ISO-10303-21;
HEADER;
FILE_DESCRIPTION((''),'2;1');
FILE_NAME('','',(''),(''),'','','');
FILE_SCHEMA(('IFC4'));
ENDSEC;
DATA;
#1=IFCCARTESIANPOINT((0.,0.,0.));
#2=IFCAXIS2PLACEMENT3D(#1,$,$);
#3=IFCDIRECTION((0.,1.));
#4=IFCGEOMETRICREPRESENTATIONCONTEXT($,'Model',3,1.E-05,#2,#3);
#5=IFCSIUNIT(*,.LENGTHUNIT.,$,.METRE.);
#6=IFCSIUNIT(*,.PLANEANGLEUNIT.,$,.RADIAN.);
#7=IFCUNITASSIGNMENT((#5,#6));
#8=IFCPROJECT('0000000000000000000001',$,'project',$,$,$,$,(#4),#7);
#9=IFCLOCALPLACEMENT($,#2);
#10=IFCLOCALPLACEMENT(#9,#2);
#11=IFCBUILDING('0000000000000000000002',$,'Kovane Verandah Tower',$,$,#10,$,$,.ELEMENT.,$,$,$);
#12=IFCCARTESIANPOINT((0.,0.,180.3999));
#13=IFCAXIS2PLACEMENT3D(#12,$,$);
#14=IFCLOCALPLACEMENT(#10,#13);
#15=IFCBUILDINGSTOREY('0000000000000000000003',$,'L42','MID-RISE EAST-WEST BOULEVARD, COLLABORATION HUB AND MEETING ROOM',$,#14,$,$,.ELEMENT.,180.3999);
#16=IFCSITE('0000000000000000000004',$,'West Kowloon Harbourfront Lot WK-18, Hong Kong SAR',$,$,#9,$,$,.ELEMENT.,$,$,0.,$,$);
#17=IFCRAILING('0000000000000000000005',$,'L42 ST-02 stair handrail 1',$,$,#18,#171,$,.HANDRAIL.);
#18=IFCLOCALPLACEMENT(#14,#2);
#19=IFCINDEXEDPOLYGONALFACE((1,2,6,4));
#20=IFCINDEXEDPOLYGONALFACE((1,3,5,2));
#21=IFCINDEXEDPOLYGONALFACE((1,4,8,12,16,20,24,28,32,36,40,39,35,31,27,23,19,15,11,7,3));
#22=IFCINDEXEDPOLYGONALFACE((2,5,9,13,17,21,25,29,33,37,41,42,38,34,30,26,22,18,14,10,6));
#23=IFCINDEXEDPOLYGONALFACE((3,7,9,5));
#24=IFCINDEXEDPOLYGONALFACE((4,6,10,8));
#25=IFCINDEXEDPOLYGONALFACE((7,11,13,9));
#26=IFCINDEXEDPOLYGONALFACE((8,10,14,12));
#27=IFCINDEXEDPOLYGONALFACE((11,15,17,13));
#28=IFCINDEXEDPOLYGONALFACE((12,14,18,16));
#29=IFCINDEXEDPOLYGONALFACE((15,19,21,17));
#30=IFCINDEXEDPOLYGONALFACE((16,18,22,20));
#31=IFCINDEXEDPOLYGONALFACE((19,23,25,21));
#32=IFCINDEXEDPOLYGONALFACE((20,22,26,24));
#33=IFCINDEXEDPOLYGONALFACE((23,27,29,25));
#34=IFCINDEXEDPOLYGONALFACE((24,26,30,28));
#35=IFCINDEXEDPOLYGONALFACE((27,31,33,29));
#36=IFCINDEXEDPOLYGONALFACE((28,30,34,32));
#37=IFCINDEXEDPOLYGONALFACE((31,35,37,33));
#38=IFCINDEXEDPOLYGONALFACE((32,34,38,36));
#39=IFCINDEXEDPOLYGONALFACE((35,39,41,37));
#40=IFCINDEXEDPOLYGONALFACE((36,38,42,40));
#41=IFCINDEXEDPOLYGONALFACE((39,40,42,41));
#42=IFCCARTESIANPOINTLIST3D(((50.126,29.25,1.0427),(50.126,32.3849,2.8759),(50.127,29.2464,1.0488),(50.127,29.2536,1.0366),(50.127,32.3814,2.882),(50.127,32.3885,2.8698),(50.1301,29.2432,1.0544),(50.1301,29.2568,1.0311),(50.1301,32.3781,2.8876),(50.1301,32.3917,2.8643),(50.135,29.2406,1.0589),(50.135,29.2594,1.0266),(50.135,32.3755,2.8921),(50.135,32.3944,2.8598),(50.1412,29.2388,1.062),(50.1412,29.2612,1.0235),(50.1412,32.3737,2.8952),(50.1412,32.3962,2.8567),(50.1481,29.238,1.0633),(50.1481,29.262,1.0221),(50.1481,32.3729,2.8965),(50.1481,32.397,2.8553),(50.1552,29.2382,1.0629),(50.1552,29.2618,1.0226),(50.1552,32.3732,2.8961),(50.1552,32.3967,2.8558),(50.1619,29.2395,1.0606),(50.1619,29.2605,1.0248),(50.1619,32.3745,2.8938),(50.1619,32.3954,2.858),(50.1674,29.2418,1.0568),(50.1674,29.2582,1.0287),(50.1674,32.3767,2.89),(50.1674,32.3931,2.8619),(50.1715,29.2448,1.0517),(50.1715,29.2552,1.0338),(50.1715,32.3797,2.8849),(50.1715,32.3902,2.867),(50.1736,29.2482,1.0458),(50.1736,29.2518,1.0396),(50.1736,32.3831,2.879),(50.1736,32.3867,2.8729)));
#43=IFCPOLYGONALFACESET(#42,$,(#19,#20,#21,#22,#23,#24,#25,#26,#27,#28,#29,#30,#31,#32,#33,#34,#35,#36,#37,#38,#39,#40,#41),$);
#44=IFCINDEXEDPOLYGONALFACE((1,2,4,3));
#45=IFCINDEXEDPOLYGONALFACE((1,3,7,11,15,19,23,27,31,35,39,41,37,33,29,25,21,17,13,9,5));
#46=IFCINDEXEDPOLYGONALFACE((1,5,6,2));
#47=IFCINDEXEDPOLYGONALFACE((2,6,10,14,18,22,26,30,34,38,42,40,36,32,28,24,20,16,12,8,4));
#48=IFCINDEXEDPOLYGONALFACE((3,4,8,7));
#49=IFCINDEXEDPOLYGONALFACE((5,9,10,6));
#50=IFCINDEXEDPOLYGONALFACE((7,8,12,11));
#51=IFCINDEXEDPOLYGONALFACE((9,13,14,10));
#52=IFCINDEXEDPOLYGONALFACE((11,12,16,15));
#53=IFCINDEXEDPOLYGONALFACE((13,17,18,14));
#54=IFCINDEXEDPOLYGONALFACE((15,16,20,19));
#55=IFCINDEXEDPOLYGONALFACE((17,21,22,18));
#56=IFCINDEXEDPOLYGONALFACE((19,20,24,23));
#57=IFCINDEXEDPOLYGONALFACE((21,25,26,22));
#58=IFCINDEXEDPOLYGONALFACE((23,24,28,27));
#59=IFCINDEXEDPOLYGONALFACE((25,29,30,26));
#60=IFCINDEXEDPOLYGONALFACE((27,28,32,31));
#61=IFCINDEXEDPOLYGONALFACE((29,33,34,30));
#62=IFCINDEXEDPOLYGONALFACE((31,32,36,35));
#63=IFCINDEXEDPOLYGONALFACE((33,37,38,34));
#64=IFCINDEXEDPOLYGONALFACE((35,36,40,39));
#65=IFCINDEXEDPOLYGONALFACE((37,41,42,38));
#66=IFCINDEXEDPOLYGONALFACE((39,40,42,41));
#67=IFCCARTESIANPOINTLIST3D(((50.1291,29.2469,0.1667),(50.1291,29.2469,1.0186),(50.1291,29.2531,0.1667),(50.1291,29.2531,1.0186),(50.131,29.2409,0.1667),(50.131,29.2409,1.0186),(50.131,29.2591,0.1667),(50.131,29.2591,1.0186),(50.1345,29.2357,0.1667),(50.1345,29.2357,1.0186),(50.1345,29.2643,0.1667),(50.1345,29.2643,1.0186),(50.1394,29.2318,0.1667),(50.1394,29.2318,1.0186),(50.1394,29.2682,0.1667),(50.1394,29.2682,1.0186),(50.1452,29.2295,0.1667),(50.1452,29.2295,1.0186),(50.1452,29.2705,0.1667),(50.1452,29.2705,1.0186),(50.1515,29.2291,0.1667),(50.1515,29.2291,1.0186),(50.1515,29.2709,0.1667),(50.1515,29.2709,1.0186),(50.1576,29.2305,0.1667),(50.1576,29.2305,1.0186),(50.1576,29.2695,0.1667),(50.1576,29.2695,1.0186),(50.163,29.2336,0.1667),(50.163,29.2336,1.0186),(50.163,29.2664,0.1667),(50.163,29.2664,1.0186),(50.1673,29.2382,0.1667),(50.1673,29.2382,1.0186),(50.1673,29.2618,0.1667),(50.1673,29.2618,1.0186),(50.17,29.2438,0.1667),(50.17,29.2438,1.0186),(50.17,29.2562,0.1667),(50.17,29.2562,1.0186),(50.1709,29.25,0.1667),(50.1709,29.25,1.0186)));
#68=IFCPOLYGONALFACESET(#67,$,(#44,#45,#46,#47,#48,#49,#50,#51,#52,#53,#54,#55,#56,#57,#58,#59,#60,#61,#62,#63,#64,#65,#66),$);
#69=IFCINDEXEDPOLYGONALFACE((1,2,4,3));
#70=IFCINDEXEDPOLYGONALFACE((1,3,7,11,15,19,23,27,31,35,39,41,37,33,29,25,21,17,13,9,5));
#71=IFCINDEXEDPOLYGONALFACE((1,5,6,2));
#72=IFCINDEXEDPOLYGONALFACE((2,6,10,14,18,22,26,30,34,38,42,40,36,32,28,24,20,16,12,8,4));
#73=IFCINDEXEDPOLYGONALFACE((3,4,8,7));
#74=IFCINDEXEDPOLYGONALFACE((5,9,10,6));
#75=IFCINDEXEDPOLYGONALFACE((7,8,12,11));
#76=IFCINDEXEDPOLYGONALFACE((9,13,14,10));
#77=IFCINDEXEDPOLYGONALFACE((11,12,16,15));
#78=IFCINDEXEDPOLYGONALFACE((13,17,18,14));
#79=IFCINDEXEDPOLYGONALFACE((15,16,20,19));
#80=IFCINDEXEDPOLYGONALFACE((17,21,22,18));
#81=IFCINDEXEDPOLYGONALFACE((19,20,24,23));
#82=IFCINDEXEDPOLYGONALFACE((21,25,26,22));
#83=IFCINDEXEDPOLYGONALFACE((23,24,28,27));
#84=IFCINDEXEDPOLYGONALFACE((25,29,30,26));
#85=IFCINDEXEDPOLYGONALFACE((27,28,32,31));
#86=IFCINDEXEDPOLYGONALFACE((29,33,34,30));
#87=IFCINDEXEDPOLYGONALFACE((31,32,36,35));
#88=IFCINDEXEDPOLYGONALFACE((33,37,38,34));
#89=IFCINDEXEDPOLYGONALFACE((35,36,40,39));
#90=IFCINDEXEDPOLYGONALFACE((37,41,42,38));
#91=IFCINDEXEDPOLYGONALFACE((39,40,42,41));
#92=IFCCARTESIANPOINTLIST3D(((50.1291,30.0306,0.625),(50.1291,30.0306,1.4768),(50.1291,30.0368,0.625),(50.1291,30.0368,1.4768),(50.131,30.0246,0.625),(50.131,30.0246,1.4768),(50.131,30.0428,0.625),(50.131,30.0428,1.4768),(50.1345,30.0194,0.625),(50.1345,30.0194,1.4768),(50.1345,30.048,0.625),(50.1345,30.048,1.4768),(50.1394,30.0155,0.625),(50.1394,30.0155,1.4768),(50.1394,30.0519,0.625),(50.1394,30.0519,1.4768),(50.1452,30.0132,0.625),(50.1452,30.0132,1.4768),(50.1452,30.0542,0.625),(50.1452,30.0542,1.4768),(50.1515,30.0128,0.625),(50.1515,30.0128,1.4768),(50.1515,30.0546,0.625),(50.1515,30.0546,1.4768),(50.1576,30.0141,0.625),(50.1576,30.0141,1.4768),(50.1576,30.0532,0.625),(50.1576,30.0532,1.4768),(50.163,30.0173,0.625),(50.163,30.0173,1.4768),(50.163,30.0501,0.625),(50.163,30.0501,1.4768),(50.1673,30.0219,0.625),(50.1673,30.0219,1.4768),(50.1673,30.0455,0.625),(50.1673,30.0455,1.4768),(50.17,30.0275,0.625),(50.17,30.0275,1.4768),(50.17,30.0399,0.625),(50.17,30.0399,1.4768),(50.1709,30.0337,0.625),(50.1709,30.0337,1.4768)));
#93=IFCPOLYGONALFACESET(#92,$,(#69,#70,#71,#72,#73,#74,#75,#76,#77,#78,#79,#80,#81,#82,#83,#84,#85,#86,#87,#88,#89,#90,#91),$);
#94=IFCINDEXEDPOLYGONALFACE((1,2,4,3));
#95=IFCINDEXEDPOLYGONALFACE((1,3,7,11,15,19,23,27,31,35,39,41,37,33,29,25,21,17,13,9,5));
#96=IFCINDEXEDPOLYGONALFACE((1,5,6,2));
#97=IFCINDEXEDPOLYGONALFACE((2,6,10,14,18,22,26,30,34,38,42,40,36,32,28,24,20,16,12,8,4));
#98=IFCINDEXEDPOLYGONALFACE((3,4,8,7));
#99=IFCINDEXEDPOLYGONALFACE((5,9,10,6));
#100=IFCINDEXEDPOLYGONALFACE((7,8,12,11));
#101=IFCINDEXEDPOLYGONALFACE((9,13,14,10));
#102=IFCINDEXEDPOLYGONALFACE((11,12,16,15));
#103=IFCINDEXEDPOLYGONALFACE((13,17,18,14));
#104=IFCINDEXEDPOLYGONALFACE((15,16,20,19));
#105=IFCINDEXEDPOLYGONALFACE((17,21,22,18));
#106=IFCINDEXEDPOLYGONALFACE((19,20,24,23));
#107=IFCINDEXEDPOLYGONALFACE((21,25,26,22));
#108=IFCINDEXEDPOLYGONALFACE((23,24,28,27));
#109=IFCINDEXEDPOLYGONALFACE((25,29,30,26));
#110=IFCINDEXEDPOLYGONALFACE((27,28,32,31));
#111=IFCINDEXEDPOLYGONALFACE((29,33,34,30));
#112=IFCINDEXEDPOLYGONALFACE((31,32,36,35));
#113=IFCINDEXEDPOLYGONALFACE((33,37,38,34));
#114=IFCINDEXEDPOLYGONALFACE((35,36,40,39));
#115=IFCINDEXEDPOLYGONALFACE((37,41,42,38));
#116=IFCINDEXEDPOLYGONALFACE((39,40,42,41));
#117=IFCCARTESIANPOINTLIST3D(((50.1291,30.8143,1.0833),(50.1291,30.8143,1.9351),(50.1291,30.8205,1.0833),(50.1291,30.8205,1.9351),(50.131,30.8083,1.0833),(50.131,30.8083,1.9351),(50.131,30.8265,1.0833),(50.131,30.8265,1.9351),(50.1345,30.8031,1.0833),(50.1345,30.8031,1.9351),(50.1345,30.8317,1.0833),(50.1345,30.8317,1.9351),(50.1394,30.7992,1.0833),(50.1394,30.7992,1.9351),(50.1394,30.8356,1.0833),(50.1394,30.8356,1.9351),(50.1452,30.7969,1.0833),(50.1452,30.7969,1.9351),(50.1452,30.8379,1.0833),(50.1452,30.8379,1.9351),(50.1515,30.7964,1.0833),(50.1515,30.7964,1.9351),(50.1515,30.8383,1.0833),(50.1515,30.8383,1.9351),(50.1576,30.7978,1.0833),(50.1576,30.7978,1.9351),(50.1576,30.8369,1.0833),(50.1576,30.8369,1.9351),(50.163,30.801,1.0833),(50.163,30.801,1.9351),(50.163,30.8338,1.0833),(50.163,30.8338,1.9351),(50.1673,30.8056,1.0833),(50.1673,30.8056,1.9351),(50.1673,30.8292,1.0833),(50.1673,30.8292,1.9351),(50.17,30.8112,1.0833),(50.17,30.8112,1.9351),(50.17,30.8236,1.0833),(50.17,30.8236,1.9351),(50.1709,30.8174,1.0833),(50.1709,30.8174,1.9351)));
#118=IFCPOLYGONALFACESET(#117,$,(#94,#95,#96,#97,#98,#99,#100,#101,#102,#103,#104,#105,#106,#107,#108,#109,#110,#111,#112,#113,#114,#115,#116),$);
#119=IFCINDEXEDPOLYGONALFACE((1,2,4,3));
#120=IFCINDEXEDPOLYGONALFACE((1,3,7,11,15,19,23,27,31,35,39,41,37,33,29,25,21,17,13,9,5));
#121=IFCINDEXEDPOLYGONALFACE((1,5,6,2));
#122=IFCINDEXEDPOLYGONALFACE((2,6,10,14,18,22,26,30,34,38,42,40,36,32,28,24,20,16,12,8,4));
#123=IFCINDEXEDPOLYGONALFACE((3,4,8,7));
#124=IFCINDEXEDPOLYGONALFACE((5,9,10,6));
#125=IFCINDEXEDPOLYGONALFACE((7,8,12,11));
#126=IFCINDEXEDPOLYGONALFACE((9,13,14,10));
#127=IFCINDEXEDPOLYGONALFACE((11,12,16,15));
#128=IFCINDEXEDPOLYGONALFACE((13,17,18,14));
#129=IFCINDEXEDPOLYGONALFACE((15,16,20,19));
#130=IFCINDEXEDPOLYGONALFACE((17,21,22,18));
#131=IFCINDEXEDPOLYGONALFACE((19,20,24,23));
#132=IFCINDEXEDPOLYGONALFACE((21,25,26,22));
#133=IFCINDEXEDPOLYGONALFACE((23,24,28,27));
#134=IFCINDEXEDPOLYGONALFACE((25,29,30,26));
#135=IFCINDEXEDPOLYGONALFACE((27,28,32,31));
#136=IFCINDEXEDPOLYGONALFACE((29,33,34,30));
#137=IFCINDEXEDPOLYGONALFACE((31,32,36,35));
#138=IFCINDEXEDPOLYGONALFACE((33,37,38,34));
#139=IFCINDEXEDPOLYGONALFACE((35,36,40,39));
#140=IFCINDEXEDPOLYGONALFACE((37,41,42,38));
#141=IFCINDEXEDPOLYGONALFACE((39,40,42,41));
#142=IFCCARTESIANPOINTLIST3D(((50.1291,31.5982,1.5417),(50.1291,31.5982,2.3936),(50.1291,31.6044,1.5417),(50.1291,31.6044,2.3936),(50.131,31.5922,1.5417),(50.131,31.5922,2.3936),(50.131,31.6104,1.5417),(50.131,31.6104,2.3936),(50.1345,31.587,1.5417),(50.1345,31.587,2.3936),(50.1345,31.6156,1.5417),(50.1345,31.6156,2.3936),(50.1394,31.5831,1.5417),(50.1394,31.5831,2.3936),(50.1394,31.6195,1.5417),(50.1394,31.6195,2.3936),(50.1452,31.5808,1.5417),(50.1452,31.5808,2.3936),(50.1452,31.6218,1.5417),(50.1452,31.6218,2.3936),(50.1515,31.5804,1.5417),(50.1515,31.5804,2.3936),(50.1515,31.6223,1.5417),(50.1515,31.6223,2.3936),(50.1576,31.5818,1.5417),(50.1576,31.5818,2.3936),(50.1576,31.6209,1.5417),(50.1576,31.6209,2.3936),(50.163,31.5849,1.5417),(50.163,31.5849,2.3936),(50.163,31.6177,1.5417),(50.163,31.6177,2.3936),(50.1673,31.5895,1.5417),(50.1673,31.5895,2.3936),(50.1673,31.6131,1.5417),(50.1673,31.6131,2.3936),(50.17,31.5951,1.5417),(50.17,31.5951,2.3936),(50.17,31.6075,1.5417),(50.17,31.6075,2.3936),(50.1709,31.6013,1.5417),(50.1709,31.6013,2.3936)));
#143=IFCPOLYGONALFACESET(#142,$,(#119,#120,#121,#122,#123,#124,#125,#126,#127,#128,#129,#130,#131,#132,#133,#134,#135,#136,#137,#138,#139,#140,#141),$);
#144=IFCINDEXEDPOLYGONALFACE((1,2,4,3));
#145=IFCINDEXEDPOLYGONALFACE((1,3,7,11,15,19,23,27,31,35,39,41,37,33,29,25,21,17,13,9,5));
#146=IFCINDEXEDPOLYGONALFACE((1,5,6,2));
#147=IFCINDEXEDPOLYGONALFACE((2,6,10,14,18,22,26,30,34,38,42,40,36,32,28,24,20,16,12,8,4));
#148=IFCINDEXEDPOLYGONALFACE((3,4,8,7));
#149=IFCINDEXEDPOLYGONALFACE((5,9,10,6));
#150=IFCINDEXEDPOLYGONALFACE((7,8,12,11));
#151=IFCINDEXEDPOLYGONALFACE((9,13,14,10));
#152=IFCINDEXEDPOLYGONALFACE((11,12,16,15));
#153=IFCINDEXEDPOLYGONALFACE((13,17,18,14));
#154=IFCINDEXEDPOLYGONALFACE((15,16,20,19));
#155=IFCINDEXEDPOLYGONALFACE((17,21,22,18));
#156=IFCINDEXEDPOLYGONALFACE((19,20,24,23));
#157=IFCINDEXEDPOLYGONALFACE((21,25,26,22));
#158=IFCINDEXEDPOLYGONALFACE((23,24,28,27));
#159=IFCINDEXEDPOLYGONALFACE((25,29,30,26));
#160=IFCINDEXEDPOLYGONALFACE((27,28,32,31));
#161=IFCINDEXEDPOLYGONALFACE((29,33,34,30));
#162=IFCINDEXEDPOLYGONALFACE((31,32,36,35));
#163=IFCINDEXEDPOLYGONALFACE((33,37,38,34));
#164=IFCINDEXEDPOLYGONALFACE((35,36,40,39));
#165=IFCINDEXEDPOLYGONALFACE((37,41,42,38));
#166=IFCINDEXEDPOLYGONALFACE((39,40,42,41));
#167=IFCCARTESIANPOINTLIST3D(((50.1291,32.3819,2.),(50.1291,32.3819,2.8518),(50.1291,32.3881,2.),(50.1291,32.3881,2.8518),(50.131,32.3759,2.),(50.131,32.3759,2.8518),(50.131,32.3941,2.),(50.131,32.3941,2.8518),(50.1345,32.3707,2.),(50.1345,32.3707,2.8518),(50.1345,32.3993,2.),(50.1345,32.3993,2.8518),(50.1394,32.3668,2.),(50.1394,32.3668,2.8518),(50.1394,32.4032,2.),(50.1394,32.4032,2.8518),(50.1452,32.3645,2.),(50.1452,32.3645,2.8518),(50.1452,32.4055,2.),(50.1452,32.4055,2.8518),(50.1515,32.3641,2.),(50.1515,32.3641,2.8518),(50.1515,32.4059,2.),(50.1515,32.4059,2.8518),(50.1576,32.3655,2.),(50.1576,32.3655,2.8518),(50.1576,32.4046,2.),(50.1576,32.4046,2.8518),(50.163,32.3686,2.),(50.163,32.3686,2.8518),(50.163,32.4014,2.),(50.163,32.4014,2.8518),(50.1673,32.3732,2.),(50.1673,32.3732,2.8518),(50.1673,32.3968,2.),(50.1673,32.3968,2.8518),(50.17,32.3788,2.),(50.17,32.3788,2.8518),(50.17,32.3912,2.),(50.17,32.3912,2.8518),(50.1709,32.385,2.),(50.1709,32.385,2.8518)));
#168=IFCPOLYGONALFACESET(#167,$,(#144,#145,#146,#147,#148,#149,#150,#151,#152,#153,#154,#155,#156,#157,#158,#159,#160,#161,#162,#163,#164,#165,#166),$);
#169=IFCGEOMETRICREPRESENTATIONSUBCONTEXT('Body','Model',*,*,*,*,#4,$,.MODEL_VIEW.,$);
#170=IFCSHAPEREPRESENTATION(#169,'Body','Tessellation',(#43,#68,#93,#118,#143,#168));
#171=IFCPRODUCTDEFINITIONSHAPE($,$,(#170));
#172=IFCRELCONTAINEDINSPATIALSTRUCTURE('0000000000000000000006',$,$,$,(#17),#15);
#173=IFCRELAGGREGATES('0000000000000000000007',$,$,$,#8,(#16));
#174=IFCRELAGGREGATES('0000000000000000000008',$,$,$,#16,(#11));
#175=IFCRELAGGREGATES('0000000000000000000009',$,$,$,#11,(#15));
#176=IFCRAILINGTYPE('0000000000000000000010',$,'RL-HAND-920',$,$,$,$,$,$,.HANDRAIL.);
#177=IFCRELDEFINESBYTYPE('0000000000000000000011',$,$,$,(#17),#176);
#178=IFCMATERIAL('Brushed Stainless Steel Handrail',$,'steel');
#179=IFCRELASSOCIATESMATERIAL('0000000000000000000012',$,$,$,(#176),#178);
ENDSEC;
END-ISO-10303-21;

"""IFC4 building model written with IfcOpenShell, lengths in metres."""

from ifc_helpers import new_model, si_unit, direction, frame, origin, origin_2d, place, context, subcontext, project, spatial, circle, extrude, material, type_object, element, save


model = new_model("IFC4")

# Units and contexts
model_context = context("Model", 3, precision=1e-05, world=origin(), true_north=direction((0.0, 1.0)))
body_context = subcontext(model_context, "Body", "Model", "MODEL_VIEW")
ifc_project = project(units=[si_unit("LENGTHUNIT", "METRE"), si_unit("PLANEANGLEUNIT", "RADIAN")], contexts=[model_context])

# Site, building, storey
site_placement = place(None, origin())
site = spatial("IfcSite", under=ifc_project, at=site_placement, Name="West Kowloon Harbourfront Lot WK-18, Hong Kong SAR", CompositionType="ELEMENT", RefElevation=0.0)
building_placement = place(site_placement, origin())
building = spatial("IfcBuilding", under=site, at=building_placement, Name="Kovane Verandah Tower", CompositionType="ELEMENT")
storey_placement = place(building_placement, frame((0.0, 0.0, 180.3999)))
storey = spatial("IfcBuildingStorey", under=building, at=storey_placement, Name="L42", Description="MID-RISE EAST-WEST BOULEVARD, COLLABORATION HUB AND MEETING ROOM", CompositionType="ELEMENT", Elevation=180.3999)

# Railing
ifc_material_1 = material(Name="Brushed Stainless Steel Handrail", Category="steel")
railing_type_1 = type_object("IfcRailingType", Name="RL-HAND-920", PredefinedType="HANDRAIL", material=ifc_material_1)
railing_1_placement = place(storey_placement, frame((50.1499, 29.25, 0.1667)))
element("IfcRailing", 1, at=railing_1_placement, inside=storey, type_object=railing_type_1, Name="L42 ST-02 stair handrail 1", PredefinedType="HANDRAIL", context=body_context, shape_type="SweptSolid", body=[
    extrude(circle(Radius=0.0239, at=origin_2d()), frame((0.0, 0.0, 0.876), z_axis=(0.0, 0.86324, 0.504794), x_axis=(-1.0, 0.0, 0.0)), (0.0, 0.0, 1.0), 3.6316),
    extrude(circle(Radius=0.021, at=origin_2d()), origin(), (0.0, 0.0, 1.0), 0.8518),
    extrude(circle(Radius=0.021, at=origin_2d()), frame((0.0, 0.7837, 0.4583)), (0.0, 0.0, 1.0), 0.8518),
    extrude(circle(Radius=0.021, at=origin_2d()), frame((0.0, 1.5674, 0.9165)), (0.0, 0.0, 1.0), 0.8518),
    extrude(circle(Radius=0.021, at=origin_2d()), frame((0.0, 2.3513, 1.375)), (0.0, 0.0, 1.0), 0.8518),
    extrude(circle(Radius=0.021, at=origin_2d()), frame((0.0, 3.135, 1.8333)), (0.0, 0.0, 1.0), 0.8518),
])

save(model, "model.ifc")
